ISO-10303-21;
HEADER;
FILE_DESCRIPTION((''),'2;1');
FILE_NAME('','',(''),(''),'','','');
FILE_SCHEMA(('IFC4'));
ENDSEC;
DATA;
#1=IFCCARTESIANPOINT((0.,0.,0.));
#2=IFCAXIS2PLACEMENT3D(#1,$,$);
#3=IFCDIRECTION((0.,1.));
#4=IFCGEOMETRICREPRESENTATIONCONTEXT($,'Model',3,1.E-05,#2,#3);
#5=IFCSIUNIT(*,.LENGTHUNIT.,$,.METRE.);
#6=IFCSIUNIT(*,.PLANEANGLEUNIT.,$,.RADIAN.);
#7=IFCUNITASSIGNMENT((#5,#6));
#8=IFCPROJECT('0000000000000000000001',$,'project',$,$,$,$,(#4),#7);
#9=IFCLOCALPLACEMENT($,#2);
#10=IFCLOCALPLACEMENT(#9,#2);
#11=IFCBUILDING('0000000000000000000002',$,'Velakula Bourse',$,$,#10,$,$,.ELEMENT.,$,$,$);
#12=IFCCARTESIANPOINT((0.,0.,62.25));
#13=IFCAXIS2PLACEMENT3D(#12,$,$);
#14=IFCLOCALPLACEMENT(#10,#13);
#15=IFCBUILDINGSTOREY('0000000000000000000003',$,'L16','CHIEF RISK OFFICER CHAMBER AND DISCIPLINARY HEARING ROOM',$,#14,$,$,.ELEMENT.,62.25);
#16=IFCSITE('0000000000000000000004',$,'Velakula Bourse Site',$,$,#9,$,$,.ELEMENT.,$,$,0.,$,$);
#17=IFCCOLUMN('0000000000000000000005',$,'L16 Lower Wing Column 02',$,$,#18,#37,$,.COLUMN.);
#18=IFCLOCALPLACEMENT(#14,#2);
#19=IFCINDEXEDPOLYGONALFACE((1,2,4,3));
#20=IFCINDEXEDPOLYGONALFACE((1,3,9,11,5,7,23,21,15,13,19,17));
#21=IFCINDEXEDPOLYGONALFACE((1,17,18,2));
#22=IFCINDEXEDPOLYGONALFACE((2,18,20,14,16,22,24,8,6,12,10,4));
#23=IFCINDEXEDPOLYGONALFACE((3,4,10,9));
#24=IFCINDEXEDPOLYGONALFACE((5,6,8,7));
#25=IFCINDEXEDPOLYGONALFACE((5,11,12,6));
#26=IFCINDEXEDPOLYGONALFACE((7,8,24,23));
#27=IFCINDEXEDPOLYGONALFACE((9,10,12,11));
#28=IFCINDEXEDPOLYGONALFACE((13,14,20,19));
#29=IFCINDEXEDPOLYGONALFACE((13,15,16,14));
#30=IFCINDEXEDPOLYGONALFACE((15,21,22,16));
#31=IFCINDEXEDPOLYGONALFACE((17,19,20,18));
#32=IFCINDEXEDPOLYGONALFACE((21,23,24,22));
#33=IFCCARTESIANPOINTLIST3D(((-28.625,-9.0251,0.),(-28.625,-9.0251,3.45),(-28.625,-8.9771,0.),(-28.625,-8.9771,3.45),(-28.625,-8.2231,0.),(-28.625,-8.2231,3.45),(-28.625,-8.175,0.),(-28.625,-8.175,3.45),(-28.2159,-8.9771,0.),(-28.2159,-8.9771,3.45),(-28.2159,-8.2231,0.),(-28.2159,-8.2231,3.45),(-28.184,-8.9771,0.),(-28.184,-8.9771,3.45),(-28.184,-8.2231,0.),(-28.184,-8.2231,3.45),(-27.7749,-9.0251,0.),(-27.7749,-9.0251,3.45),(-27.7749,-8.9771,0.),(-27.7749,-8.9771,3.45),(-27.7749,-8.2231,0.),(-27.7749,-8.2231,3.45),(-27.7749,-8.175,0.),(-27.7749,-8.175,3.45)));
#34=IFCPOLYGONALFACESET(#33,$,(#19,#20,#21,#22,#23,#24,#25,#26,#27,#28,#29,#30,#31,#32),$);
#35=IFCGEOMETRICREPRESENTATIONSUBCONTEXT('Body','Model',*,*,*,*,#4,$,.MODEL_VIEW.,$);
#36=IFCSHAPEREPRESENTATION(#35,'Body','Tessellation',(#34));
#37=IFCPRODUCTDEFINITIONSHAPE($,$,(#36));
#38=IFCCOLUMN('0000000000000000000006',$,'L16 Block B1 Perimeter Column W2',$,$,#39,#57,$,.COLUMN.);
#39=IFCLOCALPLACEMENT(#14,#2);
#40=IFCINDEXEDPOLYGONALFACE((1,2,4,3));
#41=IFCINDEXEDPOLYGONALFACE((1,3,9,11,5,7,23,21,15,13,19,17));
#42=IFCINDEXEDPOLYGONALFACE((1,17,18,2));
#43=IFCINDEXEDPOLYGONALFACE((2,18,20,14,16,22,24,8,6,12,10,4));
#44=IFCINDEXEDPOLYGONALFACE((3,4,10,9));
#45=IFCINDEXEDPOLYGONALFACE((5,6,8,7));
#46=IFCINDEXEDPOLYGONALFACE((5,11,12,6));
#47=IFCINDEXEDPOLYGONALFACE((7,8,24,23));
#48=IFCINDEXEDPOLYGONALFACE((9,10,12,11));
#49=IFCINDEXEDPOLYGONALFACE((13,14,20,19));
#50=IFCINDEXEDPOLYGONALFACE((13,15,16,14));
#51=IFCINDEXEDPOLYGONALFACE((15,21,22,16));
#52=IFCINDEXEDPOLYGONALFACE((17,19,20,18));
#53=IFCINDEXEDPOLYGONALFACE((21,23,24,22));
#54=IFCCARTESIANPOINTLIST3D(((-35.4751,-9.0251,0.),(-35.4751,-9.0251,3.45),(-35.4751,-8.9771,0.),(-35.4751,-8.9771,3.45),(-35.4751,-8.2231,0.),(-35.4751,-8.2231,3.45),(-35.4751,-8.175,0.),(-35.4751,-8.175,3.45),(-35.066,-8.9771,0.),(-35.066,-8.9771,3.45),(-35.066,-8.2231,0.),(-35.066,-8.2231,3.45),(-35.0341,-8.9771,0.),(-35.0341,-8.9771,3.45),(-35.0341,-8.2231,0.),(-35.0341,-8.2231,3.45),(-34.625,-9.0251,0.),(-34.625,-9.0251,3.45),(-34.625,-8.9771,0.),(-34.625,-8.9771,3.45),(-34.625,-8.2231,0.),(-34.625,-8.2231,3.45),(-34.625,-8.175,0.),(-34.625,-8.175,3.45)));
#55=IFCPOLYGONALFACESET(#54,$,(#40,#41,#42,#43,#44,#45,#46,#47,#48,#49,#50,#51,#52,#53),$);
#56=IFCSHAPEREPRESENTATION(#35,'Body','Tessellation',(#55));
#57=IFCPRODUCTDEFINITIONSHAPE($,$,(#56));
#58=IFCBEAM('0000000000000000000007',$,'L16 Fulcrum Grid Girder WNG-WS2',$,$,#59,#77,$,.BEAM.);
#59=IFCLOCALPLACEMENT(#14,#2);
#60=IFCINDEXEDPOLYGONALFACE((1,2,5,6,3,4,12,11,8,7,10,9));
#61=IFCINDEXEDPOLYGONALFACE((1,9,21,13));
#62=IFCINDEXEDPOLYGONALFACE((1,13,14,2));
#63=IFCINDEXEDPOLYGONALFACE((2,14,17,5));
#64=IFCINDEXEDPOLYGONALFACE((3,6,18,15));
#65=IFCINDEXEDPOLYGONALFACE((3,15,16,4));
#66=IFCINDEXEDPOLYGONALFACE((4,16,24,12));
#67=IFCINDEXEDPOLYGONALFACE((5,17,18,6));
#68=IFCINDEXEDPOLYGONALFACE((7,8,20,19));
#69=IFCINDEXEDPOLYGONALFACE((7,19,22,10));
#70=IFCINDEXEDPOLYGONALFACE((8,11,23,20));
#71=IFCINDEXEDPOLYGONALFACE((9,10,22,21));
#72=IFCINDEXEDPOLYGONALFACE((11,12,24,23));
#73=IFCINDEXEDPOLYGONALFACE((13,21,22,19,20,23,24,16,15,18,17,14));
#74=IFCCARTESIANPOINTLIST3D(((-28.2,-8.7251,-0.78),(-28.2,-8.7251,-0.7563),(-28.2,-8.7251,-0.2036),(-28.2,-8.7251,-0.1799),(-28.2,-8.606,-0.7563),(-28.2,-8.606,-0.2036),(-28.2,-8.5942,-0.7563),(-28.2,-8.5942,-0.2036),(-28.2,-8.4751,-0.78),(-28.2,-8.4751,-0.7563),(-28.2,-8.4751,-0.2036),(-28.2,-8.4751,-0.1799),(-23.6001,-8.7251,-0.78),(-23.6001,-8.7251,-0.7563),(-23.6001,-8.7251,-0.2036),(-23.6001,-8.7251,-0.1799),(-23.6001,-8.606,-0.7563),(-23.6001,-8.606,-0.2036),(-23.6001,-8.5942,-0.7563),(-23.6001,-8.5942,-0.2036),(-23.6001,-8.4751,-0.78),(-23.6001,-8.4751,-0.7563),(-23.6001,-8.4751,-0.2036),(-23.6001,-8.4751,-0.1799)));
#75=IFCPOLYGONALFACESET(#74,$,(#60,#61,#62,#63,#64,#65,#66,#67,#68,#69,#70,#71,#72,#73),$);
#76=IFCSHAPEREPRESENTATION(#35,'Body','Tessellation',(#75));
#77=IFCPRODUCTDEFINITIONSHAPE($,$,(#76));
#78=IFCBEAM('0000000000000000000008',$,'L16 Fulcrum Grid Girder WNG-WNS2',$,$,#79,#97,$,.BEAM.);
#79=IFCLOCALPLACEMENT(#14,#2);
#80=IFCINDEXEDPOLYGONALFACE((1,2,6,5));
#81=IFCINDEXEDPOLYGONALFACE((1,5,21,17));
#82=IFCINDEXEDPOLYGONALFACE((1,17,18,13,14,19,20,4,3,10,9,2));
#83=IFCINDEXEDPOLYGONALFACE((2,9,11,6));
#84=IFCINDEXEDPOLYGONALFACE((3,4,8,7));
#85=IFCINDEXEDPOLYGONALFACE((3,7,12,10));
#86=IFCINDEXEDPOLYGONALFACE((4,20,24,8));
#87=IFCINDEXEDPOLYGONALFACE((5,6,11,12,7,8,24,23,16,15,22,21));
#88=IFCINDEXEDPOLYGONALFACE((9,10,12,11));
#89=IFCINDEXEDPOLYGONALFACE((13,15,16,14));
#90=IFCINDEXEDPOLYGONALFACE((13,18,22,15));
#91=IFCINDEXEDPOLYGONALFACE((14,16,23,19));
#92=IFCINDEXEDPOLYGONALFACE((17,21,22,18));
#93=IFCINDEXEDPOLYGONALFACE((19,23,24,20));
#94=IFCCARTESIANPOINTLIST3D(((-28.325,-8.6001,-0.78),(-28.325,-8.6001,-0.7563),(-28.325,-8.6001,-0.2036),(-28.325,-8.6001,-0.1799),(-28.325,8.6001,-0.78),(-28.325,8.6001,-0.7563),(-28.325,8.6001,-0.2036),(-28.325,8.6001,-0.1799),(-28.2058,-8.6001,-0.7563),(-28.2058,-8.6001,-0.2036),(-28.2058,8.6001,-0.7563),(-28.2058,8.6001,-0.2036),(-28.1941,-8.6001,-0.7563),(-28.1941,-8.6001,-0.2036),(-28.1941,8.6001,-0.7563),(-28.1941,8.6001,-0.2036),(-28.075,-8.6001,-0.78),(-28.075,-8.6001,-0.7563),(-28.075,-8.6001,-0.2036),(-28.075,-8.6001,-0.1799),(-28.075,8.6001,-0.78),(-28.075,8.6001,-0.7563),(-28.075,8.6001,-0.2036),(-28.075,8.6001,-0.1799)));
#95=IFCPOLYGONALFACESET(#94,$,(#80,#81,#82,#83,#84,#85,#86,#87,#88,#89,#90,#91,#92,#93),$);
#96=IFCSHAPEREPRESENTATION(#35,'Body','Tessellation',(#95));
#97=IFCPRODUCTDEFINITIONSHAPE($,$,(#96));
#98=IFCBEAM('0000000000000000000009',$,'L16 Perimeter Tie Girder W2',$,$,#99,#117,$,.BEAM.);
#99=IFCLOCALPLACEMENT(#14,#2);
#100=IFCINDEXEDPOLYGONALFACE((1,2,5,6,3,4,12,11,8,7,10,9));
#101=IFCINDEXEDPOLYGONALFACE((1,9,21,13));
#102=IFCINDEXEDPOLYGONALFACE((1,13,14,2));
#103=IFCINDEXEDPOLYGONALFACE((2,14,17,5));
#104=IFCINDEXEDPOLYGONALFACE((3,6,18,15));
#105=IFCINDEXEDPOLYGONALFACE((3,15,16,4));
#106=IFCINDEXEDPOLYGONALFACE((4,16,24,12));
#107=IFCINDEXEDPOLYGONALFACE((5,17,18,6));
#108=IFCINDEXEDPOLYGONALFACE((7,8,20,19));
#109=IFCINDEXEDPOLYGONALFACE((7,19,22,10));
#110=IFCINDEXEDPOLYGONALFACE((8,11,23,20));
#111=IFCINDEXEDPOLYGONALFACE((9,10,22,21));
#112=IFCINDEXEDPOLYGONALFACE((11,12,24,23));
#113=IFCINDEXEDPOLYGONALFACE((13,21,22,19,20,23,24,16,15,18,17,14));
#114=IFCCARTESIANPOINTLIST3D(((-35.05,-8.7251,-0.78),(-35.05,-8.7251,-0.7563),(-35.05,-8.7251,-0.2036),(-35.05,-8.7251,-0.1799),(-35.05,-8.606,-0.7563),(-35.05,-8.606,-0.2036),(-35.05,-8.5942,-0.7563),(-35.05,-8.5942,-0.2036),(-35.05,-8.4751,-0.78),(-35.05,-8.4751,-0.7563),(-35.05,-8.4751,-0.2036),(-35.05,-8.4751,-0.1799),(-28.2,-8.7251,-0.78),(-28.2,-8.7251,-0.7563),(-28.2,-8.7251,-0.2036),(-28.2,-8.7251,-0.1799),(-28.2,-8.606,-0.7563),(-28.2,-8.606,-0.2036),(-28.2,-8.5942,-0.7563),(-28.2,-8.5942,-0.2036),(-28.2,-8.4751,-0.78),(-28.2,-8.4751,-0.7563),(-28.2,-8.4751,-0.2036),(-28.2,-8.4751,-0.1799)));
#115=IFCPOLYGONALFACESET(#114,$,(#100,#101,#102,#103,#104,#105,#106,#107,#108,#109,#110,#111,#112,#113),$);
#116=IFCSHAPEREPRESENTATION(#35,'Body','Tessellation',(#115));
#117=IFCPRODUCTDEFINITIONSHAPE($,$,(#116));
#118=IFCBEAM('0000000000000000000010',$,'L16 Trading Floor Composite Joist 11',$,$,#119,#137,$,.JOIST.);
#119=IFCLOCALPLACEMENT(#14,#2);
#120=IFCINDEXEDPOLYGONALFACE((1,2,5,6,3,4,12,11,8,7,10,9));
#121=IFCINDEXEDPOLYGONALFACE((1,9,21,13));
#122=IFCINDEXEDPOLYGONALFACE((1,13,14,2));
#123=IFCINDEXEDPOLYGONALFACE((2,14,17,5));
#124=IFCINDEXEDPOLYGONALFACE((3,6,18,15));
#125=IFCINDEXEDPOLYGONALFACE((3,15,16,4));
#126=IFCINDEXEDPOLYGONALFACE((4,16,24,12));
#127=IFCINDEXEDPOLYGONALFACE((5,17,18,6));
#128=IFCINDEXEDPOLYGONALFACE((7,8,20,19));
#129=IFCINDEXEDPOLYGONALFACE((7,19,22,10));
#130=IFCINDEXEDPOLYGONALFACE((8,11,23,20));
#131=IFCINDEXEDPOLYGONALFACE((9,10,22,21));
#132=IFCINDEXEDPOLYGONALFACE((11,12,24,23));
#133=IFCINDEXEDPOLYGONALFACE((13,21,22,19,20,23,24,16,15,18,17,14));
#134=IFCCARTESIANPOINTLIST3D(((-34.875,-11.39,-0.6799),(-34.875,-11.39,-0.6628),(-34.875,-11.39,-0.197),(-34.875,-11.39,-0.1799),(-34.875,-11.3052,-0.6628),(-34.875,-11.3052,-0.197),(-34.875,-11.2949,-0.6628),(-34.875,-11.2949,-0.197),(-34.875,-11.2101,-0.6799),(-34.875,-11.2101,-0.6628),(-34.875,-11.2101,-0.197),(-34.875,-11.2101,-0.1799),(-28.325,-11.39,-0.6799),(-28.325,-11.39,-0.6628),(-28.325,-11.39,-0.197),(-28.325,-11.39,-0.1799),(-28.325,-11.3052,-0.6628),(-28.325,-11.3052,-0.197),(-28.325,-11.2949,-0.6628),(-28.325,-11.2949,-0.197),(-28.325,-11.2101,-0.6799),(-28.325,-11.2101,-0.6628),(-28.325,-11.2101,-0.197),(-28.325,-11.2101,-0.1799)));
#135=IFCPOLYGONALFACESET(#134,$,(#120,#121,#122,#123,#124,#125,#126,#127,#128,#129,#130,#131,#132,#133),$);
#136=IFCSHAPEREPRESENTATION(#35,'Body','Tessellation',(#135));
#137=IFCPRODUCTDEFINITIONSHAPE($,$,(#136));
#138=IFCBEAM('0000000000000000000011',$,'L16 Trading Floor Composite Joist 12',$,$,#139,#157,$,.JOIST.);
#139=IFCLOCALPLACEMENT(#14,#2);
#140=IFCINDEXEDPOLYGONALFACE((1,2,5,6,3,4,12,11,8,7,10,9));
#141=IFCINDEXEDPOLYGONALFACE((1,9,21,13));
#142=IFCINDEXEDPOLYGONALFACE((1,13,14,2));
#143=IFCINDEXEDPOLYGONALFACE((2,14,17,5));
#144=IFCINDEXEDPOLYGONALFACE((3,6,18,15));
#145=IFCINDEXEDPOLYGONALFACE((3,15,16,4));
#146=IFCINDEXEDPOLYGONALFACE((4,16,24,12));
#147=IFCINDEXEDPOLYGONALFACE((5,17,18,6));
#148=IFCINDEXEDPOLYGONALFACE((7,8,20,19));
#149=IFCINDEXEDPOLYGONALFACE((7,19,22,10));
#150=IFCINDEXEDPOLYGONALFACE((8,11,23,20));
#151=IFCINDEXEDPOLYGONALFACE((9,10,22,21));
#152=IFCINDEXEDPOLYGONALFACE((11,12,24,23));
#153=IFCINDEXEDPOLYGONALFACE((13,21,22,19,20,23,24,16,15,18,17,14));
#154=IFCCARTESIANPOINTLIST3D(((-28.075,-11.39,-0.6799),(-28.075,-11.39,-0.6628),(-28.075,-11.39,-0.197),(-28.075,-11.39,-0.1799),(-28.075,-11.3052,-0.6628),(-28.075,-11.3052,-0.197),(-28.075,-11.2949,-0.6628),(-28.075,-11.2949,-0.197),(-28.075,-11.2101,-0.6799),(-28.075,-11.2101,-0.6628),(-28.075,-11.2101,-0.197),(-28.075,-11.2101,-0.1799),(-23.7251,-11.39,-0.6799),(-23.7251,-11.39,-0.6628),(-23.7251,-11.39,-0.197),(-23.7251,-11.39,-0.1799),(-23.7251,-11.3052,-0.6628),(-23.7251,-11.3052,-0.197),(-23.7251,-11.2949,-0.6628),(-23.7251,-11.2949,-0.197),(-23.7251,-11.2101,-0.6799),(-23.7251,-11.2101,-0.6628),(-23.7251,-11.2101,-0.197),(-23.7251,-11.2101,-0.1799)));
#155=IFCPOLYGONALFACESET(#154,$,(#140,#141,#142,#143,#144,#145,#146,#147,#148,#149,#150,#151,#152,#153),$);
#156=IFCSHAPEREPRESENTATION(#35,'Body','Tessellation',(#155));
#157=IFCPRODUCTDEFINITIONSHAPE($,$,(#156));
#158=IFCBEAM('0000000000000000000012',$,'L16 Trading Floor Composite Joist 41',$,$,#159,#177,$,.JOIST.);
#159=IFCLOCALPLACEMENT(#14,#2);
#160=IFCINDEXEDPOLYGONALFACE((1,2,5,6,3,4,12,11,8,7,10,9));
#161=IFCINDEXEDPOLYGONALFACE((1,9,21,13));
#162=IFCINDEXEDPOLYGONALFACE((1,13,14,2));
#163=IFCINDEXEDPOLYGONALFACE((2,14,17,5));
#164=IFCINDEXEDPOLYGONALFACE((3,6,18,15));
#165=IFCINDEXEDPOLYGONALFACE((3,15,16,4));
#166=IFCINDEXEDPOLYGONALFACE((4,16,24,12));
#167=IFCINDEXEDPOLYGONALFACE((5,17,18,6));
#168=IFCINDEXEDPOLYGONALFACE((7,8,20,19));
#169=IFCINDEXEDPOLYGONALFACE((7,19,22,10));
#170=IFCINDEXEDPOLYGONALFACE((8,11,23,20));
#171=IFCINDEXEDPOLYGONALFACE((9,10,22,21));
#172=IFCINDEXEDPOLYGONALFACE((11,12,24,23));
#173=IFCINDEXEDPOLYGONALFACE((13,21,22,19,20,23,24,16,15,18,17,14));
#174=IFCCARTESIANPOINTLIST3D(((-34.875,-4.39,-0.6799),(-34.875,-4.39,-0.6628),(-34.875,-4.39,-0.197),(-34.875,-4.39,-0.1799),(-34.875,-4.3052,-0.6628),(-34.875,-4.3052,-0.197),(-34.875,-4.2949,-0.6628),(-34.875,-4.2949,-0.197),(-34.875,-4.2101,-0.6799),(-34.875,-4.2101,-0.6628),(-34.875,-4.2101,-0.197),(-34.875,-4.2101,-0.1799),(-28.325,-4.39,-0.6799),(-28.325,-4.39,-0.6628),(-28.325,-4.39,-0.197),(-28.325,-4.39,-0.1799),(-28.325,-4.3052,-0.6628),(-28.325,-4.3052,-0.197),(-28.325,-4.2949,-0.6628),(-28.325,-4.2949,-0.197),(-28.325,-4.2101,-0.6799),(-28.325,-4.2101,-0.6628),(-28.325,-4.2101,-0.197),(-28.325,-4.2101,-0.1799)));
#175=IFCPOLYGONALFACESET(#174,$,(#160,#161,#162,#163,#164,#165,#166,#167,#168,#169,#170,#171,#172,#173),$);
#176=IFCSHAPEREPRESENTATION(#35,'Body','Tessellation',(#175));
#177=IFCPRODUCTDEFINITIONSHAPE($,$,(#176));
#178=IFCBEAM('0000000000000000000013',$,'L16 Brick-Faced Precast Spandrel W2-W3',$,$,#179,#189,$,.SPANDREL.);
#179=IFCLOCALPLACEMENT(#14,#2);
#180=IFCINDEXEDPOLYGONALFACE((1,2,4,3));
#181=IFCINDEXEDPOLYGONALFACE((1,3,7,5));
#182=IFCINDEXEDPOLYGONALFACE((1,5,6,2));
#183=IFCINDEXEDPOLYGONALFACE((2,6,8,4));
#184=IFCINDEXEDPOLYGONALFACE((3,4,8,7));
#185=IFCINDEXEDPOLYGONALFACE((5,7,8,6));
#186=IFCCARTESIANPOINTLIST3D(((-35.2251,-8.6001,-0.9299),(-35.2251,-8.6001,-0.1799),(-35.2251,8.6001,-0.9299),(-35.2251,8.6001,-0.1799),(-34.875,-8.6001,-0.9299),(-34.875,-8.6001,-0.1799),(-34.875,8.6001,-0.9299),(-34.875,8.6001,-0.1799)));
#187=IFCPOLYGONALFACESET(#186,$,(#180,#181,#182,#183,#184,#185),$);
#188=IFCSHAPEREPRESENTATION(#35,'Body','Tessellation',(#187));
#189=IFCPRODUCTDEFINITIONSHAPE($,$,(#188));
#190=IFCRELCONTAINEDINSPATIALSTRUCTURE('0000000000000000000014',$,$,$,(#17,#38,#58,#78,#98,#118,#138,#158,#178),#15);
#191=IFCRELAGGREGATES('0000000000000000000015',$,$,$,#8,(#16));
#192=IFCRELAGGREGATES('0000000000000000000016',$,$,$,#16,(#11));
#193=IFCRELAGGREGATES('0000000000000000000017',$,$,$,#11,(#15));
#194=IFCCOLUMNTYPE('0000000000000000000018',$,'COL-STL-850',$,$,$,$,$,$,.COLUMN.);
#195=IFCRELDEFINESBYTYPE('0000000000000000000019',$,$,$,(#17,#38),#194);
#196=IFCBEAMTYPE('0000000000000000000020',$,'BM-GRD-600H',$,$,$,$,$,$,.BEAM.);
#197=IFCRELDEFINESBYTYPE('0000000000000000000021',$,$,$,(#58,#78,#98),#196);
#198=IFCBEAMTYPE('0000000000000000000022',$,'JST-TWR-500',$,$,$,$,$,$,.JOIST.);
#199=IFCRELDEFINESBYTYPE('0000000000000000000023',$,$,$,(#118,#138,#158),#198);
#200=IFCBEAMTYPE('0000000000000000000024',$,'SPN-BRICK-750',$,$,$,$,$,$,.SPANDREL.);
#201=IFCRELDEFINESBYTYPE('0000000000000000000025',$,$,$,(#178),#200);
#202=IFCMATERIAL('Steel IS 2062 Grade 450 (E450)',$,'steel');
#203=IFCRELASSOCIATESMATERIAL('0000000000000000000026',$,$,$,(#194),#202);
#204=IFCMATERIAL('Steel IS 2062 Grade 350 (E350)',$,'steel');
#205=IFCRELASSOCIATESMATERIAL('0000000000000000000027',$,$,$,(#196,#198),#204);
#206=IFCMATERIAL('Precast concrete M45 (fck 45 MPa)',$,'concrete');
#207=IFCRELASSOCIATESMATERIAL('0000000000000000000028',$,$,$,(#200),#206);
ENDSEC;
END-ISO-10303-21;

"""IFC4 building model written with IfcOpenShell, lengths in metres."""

from ifc_helpers import new_model, si_unit, direction, frame, origin, origin_2d, place, context, subcontext, project, spatial, rectangle, i_section, extrude, material, material_profile, profile_set, type_object, element, save


model = new_model("IFC4")

# Units and contexts
model_context = context("Model", 3, precision=1e-05, world=origin(), true_north=direction((0.0, 1.0)))
body_context = subcontext(model_context, "Body", "Model", "MODEL_VIEW")
ifc_project = project(units=[si_unit("LENGTHUNIT", "METRE"), si_unit("PLANEANGLEUNIT", "RADIAN")], contexts=[model_context])

# Site, building, storey
site_placement = place(None, origin())
site = spatial("IfcSite", under=ifc_project, at=site_placement, Name="Velakula Bourse Site", CompositionType="ELEMENT", RefElevation=0.0)
building_placement = place(site_placement, origin())
building = spatial("IfcBuilding", under=site, at=building_placement, Name="Velakula Bourse", CompositionType="ELEMENT")
storey_placement = place(building_placement, frame((0.0, 0.0, 62.25)))
storey = spatial("IfcBuildingStorey", under=building, at=storey_placement, Name="L16", Description="CHIEF RISK OFFICER CHAMBER AND DISCIPLINARY HEARING ROOM", CompositionType="ELEMENT", Elevation=62.25)

# Columns
ifc_material_1 = material(Name="Steel IS 2062 Grade 450 (E450)", Category="steel")
ifc_material_profile_1 = material_profile(ifc_material_1, i_section(OverallWidth=0.8501, OverallDepth=0.8501, WebThickness=0.032, FlangeThickness=0.0481, at=origin_2d()), Name="Steel IS 2062 Grade 450 (E450)")
ifc_profile_set_1 = profile_set([ifc_material_profile_1], Name="Steel IS 2062 Grade 450 (E450)")
column_type = type_object("IfcColumnType", Name="COL-STL-850", PredefinedType="COLUMN", material=ifc_profile_set_1)
for number, where, z_axis, x_axis, name in (
    (1, (-28.2, -8.6001, 0.0), (0.0, 0.0, 1.0), (1.0, 0.0, 0.0), "L16 Lower Wing Column 02"),
    (2, (-35.05, -8.6001, 0.0), (0.0, 0.0, 1.0), (1.0, 0.0, 0.0), "L16 Block B1 Perimeter Column W2"),
):
    element("IfcColumn", number, at=place(storey_placement, frame(where, z_axis=z_axis, x_axis=x_axis)), inside=storey, type_object=column_type, Name=name, PredefinedType="COLUMN", context=body_context, shape_type="SweptSolid", body=[
        extrude(i_section(OverallWidth=0.8501, OverallDepth=0.8501, WebThickness=0.032, FlangeThickness=0.0481, at=origin_2d()), origin(), (0.0, 0.0, 1.0), 3.45),
    ])

# Beams
ifc_material_2 = material(Name="Steel IS 2062 Grade 350 (E350)", Category="steel")
ifc_material_profile_2 = material_profile(ifc_material_2, i_section(OverallWidth=0.25, OverallDepth=0.6001, WebThickness=0.0117, FlangeThickness=0.0237, at=origin_2d()), Name="Steel IS 2062 Grade 350 (E350)")
ifc_profile_set_2 = profile_set([ifc_material_profile_2], Name="Steel IS 2062 Grade 350 (E350)")
beam_type_1 = type_object("IfcBeamType", Name="BM-GRD-600H", PredefinedType="BEAM", material=ifc_profile_set_2)
beam_1_placement = place(storey_placement, frame((-28.2, -8.6001, -0.48), z_axis=(1.0, 0.0, 0.0), x_axis=(0.0, 1.0, 0.0)))
element("IfcBeam", 3, at=beam_1_placement, inside=storey, type_object=beam_type_1, Name="L16 Fulcrum Grid Girder WNG-WS2", PredefinedType="BEAM", context=body_context, shape_type="SweptSolid", body=[
    extrude(i_section(OverallWidth=0.25, OverallDepth=0.6001, WebThickness=0.0117, FlangeThickness=0.0237, at=origin_2d()), origin(), (0.0, 0.0, 1.0), 4.5999),
])
beam_2_placement = place(storey_placement, frame((-28.2, -8.6001, -0.48), z_axis=(0.0, 1.0, 0.0), x_axis=(-1.0, 0.0, 0.0)))
element("IfcBeam", 4, at=beam_2_placement, inside=storey, type_object=beam_type_1, Name="L16 Fulcrum Grid Girder WNG-WNS2", PredefinedType="BEAM", context=body_context, shape_type="SweptSolid", body=[
    extrude(i_section(OverallWidth=0.25, OverallDepth=0.6001, WebThickness=0.0117, FlangeThickness=0.0237, at=origin_2d()), origin(), (0.0, 0.0, 1.0), 17.2002),
])
beam_3_placement = place(storey_placement, frame((-28.2, -8.6001, -0.48), z_axis=(-1.0, 0.0, 0.0), x_axis=(0.0, -1.0, 0.0)))
element("IfcBeam", 5, at=beam_3_placement, inside=storey, type_object=beam_type_1, Name="L16 Perimeter Tie Girder W2", PredefinedType="BEAM", context=body_context, shape_type="SweptSolid", body=[
    extrude(i_section(OverallWidth=0.25, OverallDepth=0.6001, WebThickness=0.0117, FlangeThickness=0.0237, at=origin_2d()), origin(), (0.0, 0.0, 1.0), 6.8501),
])
ifc_material_profile_3 = material_profile(ifc_material_2, i_section(OverallWidth=0.1799, OverallDepth=0.5, WebThickness=0.0103, FlangeThickness=0.0171, at=origin_2d()), Name="Steel IS 2062 Grade 350 (E350)")
ifc_profile_set_3 = profile_set([ifc_material_profile_3], Name="Steel IS 2062 Grade 350 (E350)")
beam_type_2 = type_object("IfcBeamType", Name="JST-TWR-500", PredefinedType="JOIST", material=ifc_profile_set_3)
beam_4_placement = place(storey_placement, frame((-34.875, -11.3, -0.4299), z_axis=(1.0, 0.0, 0.0), x_axis=(0.0, 1.0, 0.0)))
element("IfcBeam", 6, at=beam_4_placement, inside=storey, type_object=beam_type_2, Name="L16 Trading Floor Composite Joist 11", PredefinedType="JOIST", context=body_context, shape_type="SweptSolid", body=[
    extrude(i_section(OverallWidth=0.1799, OverallDepth=0.5, WebThickness=0.0103, FlangeThickness=0.0171, at=origin_2d()), origin(), (0.0, 0.0, 1.0), 6.55),
])
beam_5_placement = place(storey_placement, frame((-28.075, -11.3, -0.4299), z_axis=(1.0, 0.0, 0.0), x_axis=(0.0, 1.0, 0.0)))
element("IfcBeam", 7, at=beam_5_placement, inside=storey, type_object=beam_type_2, Name="L16 Trading Floor Composite Joist 12", PredefinedType="JOIST", context=body_context, shape_type="SweptSolid", body=[
    extrude(i_section(OverallWidth=0.1799, OverallDepth=0.5, WebThickness=0.0103, FlangeThickness=0.0171, at=origin_2d()), origin(), (0.0, 0.0, 1.0), 4.3499),
])
beam_6_placement = place(storey_placement, frame((-34.875, -4.3, -0.4299), z_axis=(1.0, 0.0, 0.0), x_axis=(0.0, 1.0, 0.0)))
element("IfcBeam", 8, at=beam_6_placement, inside=storey, type_object=beam_type_2, Name="L16 Trading Floor Composite Joist 41", PredefinedType="JOIST", context=body_context, shape_type="SweptSolid", body=[
    extrude(i_section(OverallWidth=0.1799, OverallDepth=0.5, WebThickness=0.0103, FlangeThickness=0.0171, at=origin_2d()), origin(), (0.0, 0.0, 1.0), 6.55),
])
ifc_material_3 = material(Name="Precast concrete M45 (fck 45 MPa)", Category="concrete")
ifc_material_profile_4 = material_profile(ifc_material_3, rectangle(XDim=0.3501, YDim=0.75, at=origin_2d()), Name="Precast concrete M45 (fck 45 MPa)")
ifc_profile_set_4 = profile_set([ifc_material_profile_4], Name="Precast concrete M45 (fck 45 MPa)")
beam_type_3 = type_object("IfcBeamType", Name="SPN-BRICK-750", PredefinedType="SPANDREL", material=ifc_profile_set_4)
beam_7_placement = place(storey_placement, frame((-35.05, -8.6001, -0.5549), z_axis=(0.0, 1.0, 0.0), x_axis=(-1.0, 0.0, 0.0)))
element("IfcBeam", 9, at=beam_7_placement, inside=storey, type_object=beam_type_3, Name="L16 Brick-Faced Precast Spandrel W2-W3", PredefinedType="SPANDREL", context=body_context, shape_type="SweptSolid", body=[
    extrude(rectangle(XDim=0.3501, YDim=0.75, at=origin_2d()), origin(), (0.0, 0.0, 1.0), 17.2002),
])

save(model, "model.ifc")
